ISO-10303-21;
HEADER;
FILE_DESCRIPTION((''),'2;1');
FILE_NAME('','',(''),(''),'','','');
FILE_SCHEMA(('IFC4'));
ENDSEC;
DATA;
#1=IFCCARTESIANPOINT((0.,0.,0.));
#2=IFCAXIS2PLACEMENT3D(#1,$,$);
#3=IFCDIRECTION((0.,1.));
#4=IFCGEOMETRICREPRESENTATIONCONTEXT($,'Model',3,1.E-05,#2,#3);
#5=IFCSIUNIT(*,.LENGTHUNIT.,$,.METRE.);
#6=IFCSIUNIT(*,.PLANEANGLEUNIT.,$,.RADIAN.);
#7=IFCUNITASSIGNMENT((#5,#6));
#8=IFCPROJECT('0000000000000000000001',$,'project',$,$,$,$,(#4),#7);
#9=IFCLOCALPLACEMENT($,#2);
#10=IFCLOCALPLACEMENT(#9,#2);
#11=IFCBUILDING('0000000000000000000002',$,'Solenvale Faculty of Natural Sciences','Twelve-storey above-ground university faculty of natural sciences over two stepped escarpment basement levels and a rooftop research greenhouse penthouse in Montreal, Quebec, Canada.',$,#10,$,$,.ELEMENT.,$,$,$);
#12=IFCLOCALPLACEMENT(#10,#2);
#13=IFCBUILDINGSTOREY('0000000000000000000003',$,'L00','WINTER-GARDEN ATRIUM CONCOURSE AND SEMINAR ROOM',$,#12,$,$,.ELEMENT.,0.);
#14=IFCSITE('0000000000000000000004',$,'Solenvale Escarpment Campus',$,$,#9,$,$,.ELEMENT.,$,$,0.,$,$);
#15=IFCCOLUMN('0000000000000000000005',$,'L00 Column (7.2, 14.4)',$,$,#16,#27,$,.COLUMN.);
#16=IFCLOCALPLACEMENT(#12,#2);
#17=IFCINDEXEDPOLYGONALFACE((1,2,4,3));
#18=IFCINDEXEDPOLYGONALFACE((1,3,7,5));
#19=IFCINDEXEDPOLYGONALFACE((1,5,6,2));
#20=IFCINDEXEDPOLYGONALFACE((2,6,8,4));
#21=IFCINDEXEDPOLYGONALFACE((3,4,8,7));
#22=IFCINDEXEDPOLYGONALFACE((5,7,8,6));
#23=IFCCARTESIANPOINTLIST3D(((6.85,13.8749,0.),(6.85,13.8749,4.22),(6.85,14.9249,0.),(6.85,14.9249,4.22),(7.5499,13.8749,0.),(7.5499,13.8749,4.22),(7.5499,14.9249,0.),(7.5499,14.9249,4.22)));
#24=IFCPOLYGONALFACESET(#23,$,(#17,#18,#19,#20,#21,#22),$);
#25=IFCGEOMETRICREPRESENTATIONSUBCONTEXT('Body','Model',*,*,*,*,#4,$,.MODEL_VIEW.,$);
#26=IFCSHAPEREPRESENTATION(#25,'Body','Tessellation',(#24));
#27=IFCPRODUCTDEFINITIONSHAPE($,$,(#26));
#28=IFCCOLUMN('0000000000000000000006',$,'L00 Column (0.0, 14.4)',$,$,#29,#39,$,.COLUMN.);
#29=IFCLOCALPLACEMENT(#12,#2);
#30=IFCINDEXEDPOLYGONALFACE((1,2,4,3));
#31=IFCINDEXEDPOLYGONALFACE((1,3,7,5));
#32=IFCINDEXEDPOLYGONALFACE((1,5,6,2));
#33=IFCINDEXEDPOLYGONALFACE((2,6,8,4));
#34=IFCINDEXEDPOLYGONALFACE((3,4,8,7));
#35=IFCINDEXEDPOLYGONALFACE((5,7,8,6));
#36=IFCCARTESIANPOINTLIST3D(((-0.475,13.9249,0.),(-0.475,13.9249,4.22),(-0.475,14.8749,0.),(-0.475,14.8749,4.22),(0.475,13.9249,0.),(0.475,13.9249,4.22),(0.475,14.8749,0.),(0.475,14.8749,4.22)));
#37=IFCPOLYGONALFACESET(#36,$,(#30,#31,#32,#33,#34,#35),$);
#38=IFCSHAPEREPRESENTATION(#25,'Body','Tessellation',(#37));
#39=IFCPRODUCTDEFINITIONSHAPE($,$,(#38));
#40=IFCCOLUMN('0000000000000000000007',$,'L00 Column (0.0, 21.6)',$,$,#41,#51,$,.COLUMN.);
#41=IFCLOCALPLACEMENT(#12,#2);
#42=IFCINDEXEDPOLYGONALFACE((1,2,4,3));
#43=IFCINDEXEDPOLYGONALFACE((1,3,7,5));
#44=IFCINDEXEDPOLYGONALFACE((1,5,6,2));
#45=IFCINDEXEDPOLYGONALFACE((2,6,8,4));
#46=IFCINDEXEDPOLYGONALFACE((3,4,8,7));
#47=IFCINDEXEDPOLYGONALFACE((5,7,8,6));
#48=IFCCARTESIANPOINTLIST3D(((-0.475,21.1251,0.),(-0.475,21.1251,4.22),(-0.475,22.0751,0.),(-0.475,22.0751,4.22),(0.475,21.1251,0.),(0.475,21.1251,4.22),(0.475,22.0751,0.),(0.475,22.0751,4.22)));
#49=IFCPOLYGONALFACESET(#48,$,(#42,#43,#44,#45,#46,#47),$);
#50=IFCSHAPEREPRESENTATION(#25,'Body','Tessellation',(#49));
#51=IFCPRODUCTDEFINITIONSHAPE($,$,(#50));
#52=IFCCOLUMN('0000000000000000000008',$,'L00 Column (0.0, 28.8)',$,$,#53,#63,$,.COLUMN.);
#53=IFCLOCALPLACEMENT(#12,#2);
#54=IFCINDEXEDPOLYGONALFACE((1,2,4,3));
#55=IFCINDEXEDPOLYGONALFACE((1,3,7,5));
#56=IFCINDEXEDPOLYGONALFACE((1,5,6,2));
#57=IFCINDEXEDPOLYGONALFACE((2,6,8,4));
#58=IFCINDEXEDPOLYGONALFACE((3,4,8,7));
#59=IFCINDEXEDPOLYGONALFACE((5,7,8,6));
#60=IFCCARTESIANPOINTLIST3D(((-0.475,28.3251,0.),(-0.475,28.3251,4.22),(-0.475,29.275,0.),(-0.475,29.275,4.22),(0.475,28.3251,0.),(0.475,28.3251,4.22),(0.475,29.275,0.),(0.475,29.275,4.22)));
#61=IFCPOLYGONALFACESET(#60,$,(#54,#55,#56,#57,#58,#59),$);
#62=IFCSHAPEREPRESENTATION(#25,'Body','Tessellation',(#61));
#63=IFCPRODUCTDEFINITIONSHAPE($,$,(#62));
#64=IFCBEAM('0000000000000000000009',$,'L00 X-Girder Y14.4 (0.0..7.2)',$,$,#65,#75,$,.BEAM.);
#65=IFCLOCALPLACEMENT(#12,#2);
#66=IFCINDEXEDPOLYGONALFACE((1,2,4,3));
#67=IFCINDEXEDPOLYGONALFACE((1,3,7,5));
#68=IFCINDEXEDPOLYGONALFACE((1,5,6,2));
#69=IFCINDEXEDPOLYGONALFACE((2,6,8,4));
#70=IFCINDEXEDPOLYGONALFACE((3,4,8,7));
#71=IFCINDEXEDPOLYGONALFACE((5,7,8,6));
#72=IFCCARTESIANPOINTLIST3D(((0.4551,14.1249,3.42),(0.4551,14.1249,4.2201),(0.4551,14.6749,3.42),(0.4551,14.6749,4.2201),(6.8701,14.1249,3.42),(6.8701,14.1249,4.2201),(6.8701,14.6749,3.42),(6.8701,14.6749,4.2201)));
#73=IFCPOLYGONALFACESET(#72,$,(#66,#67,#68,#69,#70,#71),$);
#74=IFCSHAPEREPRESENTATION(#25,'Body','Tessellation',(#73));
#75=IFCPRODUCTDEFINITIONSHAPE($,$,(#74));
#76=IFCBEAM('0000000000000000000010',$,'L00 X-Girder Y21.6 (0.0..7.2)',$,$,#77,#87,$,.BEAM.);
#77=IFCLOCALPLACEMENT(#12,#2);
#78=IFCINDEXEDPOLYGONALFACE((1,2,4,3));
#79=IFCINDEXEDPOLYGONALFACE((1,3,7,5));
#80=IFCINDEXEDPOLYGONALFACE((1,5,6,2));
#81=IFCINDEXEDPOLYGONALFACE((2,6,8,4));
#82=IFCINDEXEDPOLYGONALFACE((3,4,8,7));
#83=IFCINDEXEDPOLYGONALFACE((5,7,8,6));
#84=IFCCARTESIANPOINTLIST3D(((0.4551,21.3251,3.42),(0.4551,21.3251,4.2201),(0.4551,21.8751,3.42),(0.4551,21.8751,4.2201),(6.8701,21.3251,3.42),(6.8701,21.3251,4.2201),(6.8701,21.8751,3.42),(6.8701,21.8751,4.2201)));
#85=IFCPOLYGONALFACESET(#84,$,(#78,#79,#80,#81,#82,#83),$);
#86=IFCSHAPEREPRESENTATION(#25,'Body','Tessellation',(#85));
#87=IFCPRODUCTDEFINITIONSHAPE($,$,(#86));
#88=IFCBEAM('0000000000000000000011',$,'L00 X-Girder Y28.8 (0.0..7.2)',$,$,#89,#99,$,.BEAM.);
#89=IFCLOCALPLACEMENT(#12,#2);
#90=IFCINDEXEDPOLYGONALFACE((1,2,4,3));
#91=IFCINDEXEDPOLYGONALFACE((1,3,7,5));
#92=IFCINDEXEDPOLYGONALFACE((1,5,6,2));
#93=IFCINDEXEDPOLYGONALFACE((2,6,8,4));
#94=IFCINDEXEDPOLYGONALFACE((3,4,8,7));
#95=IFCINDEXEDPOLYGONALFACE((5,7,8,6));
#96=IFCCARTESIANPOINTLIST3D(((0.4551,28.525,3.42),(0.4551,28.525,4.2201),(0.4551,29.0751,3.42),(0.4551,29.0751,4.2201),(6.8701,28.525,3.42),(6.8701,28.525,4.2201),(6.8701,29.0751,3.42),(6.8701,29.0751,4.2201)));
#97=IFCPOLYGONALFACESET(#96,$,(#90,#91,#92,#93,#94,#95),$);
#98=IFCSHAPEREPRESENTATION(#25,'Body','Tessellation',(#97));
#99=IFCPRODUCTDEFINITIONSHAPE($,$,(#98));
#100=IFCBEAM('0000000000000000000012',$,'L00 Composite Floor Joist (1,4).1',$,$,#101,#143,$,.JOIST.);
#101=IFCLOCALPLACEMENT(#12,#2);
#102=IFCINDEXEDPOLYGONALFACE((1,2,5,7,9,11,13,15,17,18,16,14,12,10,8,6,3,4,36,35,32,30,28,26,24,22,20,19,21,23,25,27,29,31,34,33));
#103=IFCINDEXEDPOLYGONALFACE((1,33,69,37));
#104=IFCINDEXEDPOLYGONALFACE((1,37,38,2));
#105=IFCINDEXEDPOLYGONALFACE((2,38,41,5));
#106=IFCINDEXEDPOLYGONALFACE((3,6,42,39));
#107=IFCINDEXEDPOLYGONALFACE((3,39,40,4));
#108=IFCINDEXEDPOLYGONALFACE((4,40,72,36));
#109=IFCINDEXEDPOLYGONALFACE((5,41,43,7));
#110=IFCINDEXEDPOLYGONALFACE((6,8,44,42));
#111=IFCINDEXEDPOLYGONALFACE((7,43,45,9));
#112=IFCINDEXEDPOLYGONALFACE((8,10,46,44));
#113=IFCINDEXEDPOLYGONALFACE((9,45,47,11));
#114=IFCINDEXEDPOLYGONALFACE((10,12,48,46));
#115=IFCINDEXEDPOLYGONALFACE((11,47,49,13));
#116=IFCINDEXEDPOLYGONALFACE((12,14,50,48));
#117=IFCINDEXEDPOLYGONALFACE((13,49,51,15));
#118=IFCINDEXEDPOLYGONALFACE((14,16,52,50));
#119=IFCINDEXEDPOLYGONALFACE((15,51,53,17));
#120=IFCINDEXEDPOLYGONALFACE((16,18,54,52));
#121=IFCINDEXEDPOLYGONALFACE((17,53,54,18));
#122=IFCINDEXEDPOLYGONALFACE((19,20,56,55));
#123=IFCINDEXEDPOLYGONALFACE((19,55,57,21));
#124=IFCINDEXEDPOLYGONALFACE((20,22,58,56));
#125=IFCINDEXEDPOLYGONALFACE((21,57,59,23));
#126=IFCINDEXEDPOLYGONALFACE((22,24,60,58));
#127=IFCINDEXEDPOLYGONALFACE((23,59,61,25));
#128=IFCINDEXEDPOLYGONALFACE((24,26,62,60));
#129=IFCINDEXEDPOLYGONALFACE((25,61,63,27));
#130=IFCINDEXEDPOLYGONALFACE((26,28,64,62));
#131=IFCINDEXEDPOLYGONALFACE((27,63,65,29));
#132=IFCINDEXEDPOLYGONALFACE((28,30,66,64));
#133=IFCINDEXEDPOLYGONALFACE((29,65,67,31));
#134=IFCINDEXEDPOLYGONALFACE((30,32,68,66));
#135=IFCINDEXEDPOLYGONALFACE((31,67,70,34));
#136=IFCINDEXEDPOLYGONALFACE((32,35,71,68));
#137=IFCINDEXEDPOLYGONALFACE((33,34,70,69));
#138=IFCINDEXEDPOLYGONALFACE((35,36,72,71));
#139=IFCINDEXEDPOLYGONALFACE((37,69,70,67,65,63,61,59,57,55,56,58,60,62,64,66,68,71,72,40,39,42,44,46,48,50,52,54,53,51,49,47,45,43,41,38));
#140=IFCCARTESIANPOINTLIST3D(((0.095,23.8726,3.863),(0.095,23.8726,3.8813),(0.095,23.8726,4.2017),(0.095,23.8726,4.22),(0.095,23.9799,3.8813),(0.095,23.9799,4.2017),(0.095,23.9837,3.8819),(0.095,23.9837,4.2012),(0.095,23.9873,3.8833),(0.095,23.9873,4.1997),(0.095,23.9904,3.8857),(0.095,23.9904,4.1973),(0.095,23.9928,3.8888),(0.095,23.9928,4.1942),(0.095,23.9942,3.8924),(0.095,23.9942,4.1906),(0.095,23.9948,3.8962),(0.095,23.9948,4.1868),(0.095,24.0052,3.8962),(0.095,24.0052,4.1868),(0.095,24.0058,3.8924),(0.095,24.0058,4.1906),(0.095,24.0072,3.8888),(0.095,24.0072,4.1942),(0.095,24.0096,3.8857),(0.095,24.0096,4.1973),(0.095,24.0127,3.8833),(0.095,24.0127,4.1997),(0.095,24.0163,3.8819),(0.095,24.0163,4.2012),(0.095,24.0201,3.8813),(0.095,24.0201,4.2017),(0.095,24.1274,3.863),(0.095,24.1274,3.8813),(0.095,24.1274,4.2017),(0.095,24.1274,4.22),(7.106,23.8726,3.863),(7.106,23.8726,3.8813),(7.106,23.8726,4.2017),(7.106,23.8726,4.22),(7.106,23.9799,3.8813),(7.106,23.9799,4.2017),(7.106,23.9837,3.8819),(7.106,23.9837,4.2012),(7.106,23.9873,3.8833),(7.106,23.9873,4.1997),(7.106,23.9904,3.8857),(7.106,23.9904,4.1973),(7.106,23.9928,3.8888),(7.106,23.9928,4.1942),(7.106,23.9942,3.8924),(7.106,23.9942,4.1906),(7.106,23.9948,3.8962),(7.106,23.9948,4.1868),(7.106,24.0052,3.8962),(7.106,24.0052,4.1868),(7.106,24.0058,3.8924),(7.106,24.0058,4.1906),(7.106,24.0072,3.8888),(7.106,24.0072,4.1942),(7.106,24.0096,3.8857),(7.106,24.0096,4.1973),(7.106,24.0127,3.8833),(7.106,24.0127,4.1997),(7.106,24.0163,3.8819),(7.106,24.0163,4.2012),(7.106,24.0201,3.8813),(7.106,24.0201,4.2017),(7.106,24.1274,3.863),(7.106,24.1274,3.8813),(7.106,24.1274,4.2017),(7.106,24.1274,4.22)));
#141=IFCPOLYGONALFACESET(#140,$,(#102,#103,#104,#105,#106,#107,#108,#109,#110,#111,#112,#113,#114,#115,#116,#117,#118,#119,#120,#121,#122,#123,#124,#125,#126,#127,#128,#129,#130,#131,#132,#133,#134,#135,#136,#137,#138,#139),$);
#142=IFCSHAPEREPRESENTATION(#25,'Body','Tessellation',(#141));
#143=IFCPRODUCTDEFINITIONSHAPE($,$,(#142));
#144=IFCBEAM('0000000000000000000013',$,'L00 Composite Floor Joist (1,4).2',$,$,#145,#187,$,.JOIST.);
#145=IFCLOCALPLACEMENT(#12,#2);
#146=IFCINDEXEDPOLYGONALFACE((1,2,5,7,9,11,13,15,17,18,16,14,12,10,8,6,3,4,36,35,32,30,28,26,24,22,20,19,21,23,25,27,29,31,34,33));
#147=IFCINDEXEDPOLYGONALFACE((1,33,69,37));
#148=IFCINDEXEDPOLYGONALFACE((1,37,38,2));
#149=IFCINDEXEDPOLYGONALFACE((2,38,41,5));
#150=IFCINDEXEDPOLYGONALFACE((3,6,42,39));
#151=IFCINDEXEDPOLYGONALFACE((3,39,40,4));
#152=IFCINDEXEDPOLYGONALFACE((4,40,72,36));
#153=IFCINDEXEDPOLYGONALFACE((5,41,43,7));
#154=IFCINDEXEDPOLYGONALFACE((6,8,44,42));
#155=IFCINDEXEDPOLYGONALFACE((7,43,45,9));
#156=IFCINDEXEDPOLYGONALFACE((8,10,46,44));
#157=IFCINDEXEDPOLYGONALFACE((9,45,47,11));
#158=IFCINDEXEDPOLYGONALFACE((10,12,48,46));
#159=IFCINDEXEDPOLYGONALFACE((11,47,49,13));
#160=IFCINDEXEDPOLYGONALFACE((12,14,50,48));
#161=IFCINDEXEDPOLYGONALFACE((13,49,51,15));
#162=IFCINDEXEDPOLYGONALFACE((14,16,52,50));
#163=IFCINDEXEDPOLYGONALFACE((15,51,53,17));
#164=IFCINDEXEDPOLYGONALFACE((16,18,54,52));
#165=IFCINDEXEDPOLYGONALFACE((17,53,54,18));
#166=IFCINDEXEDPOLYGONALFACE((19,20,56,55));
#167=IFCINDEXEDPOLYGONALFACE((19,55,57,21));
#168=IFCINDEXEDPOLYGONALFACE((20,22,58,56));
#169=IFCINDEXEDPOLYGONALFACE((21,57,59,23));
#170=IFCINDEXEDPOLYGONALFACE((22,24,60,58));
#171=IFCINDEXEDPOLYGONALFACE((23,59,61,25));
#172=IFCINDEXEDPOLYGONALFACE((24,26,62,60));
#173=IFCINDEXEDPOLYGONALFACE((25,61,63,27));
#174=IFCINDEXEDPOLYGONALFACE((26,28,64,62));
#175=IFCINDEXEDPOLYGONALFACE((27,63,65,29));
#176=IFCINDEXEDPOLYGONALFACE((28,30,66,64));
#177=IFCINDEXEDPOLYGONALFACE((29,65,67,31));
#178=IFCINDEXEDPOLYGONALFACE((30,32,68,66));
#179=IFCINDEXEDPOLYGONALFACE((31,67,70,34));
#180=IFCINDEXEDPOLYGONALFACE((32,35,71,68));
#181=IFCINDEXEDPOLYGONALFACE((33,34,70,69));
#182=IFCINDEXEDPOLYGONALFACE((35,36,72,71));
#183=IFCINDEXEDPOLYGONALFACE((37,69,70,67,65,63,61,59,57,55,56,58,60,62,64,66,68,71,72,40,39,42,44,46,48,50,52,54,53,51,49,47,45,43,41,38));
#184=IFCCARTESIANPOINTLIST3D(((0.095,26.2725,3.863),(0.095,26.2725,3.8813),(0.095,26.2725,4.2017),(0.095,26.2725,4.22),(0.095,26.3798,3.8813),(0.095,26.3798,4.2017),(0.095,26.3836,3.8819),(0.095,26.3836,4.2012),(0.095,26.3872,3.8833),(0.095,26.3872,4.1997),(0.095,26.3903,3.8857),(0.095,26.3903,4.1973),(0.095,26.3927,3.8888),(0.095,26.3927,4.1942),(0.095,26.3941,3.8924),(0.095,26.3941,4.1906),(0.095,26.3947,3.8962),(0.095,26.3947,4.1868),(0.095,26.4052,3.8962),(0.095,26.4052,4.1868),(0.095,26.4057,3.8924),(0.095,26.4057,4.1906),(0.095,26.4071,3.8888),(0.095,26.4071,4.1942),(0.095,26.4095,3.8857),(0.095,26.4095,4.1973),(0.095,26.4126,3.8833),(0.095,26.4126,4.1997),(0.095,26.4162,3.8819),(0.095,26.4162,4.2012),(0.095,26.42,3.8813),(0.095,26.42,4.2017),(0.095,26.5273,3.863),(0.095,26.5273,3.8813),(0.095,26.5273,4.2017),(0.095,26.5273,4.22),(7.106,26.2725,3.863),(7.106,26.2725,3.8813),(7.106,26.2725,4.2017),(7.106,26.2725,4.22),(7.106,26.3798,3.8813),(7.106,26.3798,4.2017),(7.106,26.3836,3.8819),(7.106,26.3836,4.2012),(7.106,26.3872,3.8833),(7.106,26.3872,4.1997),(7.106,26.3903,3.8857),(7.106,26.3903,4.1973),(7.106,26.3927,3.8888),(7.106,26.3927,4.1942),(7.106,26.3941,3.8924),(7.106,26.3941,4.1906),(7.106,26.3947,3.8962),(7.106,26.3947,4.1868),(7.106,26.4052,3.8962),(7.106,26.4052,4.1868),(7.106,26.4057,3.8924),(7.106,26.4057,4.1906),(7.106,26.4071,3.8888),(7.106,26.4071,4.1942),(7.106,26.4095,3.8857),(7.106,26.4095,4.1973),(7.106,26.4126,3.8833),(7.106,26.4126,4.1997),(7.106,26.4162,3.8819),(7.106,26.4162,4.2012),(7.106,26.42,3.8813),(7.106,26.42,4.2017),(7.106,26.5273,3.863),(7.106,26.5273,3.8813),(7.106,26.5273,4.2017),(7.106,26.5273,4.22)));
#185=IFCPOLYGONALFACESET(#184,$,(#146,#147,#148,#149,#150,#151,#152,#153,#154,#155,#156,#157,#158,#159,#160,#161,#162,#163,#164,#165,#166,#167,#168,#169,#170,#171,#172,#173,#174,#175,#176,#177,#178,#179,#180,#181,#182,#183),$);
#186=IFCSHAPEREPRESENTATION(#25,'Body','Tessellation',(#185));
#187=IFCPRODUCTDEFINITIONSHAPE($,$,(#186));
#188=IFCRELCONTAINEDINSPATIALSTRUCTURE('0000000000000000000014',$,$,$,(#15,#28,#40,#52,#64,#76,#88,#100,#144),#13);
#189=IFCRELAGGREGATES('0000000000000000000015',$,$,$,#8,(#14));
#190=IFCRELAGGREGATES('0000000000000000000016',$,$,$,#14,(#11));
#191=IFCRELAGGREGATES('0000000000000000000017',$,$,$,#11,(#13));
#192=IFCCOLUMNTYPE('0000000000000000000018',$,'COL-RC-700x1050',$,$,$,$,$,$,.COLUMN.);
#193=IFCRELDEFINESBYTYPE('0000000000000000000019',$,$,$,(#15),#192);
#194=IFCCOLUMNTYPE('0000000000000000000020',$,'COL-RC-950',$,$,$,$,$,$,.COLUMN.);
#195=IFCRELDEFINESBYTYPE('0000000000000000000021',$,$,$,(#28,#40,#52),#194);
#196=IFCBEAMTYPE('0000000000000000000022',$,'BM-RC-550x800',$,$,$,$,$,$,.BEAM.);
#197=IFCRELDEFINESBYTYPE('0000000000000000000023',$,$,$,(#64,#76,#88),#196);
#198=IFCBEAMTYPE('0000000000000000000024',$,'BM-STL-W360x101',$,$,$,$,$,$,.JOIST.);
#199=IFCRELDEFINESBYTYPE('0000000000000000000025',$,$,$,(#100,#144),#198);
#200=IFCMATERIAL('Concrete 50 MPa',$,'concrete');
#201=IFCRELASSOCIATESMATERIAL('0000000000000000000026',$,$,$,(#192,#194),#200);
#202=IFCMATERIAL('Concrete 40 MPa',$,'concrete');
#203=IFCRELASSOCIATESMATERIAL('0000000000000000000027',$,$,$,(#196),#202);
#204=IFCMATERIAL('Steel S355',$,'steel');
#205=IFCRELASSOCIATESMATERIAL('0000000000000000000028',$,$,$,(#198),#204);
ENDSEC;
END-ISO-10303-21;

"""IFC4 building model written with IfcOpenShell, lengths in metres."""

from ifc_helpers import new_model, si_unit, direction, frame, origin, origin_2d, place, context, subcontext, project, spatial, rectangle, i_section, extrude, material, material_profile, profile_set, type_object, element, save


model = new_model("IFC4")

# Units and contexts
model_context = context("Model", 3, precision=1e-05, world=origin(), true_north=direction((0.0, 1.0)))
body_context = subcontext(model_context, "Body", "Model", "MODEL_VIEW")
ifc_project = project(units=[si_unit("LENGTHUNIT", "METRE"), si_unit("PLANEANGLEUNIT", "RADIAN")], contexts=[model_context])

# Site, building, storey
site_placement = place(None, origin())
site = spatial("IfcSite", under=ifc_project, at=site_placement, Name="Solenvale Escarpment Campus", CompositionType="ELEMENT", RefElevation=0.0)
building_placement = place(site_placement, origin())
building = spatial("IfcBuilding", under=site, at=building_placement, Name="Solenvale Faculty of Natural Sciences", Description="Twelve-storey above-ground university faculty of natural sciences over two stepped escarpment basement levels and a rooftop research greenhouse penthouse in Montreal, Quebec, Canada.", CompositionType="ELEMENT")
storey_placement = place(building_placement, origin())
storey = spatial("IfcBuildingStorey", under=building, at=storey_placement, Name="L00", Description="WINTER-GARDEN ATRIUM CONCOURSE AND SEMINAR ROOM", CompositionType="ELEMENT", Elevation=0.0)

# Columns
ifc_material_1 = material(Name="Concrete 50 MPa", Category="concrete")
ifc_material_profile_1 = material_profile(ifc_material_1, rectangle(XDim=0.7, YDim=1.05, at=origin_2d()), Name="RC-COL-700x1050")
ifc_profile_set_1 = profile_set([ifc_material_profile_1], Name="Concrete 50 MPa")
column_type_1 = type_object("IfcColumnType", Name="COL-RC-700x1050", PredefinedType="COLUMN", material=ifc_profile_set_1)
column_placement = place(storey_placement, frame((7.2, 14.3999, 0.0), z_axis=(0.0, 0.0, 1.0), x_axis=(1.0, 0.0, 0.0)))
element("IfcColumn", 1, at=column_placement, inside=storey, type_object=column_type_1, Name="L00 Column (7.2, 14.4)", PredefinedType="COLUMN", context=body_context, shape_type="SweptSolid", body=[
    extrude(rectangle(XDim=0.7, YDim=1.05, at=origin_2d()), origin(), (0.0, 0.0, 1.0), 4.22),
])
ifc_material_profile_2 = material_profile(ifc_material_1, rectangle(XDim=0.95, YDim=0.95, at=origin_2d()), Name="RC-COL-950x950")
ifc_profile_set_2 = profile_set([ifc_material_profile_2], Name="Concrete 50 MPa")
column_type_2 = type_object("IfcColumnType", Name="COL-RC-950", PredefinedType="COLUMN", material=ifc_profile_set_2)
for number, where, z_axis, x_axis, name in (
    (2, (0.0, 14.3999, 0.0), (0.0, 0.0, 1.0), (1.0, 0.0, 0.0), "L00 Column (0.0, 14.4)"),
    (3, (0.0, 21.6001, 0.0), (0.0, 0.0, 1.0), (1.0, 0.0, 0.0), "L00 Column (0.0, 21.6)"),
    (4, (0.0, 28.8, 0.0), (0.0, 0.0, 1.0), (1.0, 0.0, 0.0), "L00 Column (0.0, 28.8)"),
):
    element("IfcColumn", number, at=place(storey_placement, frame(where, z_axis=z_axis, x_axis=x_axis)), inside=storey, type_object=column_type_2, Name=name, PredefinedType="COLUMN", context=body_context, shape_type="SweptSolid", body=[
        extrude(rectangle(XDim=0.95, YDim=0.95, at=origin_2d()), origin(), (0.0, 0.0, 1.0), 4.22),
    ])

# Beams
ifc_material_2 = material(Name="Concrete 40 MPa", Category="concrete")
ifc_material_profile_3 = material_profile(ifc_material_2, rectangle(XDim=0.55, YDim=0.8, at=origin_2d()), Name="RC-BM-550x800")
ifc_profile_set_3 = profile_set([ifc_material_profile_3], Name="Concrete 40 MPa")
beam_type_1 = type_object("IfcBeamType", Name="BM-RC-550x800", PredefinedType="BEAM", material=ifc_profile_set_3)
for number, where, z_axis, x_axis, name in (
    (5, (0.4551, 14.3999, 3.8201), (1.0, 0.0, 0.0), (0.0, 1.0, 0.0), "L00 X-Girder Y14.4 (0.0..7.2)"),
    (6, (0.4551, 21.6001, 3.8201), (1.0, 0.0, 0.0), (0.0, 1.0, 0.0), "L00 X-Girder Y21.6 (0.0..7.2)"),
    (7, (0.4551, 28.8, 3.8201), (1.0, 0.0, 0.0), (0.0, 1.0, 0.0), "L00 X-Girder Y28.8 (0.0..7.2)"),
):
    element("IfcBeam", number, at=place(storey_placement, frame(where, z_axis=z_axis, x_axis=x_axis)), inside=storey, type_object=beam_type_1, Name=name, PredefinedType="BEAM", context=body_context, shape_type="SweptSolid", body=[
        extrude(rectangle(XDim=0.55, YDim=0.8, at=origin_2d()), origin(), (0.0, 0.0, 1.0), 6.415),
    ])
ifc_material_3 = material(Name="Steel S355", Category="steel")
ifc_material_profile_4 = material_profile(ifc_material_3, i_section(OverallWidth=0.2549, OverallDepth=0.3569, WebThickness=0.0105, FlangeThickness=0.0183, FilletRadius=0.0149, at=origin_2d()), Name="W360x101")
ifc_profile_set_4 = profile_set([ifc_material_profile_4], Name="Steel S355")
beam_type_2 = type_object("IfcBeamType", Name="BM-STL-W360x101", PredefinedType="JOIST", material=ifc_profile_set_4)
for number, where, z_axis, x_axis, name in (
    (8, (0.095, 24.0, 4.0415), (1.0, 0.0, 0.0), (0.0, 1.0, 0.0), "L00 Composite Floor Joist (1,4).1"),
    (9, (0.095, 26.3999, 4.0415), (1.0, 0.0, 0.0), (0.0, 1.0, 0.0), "L00 Composite Floor Joist (1,4).2"),
):
    element("IfcBeam", number, at=place(storey_placement, frame(where, z_axis=z_axis, x_axis=x_axis)), inside=storey, type_object=beam_type_2, Name=name, PredefinedType="JOIST", context=body_context, shape_type="SweptSolid", body=[
        extrude(i_section(OverallWidth=0.2549, OverallDepth=0.3569, WebThickness=0.0105, FlangeThickness=0.0183, FilletRadius=0.0149, at=origin_2d()), origin(), (0.0, 0.0, 1.0), 7.011),
    ])

save(model, "model.ifc")
